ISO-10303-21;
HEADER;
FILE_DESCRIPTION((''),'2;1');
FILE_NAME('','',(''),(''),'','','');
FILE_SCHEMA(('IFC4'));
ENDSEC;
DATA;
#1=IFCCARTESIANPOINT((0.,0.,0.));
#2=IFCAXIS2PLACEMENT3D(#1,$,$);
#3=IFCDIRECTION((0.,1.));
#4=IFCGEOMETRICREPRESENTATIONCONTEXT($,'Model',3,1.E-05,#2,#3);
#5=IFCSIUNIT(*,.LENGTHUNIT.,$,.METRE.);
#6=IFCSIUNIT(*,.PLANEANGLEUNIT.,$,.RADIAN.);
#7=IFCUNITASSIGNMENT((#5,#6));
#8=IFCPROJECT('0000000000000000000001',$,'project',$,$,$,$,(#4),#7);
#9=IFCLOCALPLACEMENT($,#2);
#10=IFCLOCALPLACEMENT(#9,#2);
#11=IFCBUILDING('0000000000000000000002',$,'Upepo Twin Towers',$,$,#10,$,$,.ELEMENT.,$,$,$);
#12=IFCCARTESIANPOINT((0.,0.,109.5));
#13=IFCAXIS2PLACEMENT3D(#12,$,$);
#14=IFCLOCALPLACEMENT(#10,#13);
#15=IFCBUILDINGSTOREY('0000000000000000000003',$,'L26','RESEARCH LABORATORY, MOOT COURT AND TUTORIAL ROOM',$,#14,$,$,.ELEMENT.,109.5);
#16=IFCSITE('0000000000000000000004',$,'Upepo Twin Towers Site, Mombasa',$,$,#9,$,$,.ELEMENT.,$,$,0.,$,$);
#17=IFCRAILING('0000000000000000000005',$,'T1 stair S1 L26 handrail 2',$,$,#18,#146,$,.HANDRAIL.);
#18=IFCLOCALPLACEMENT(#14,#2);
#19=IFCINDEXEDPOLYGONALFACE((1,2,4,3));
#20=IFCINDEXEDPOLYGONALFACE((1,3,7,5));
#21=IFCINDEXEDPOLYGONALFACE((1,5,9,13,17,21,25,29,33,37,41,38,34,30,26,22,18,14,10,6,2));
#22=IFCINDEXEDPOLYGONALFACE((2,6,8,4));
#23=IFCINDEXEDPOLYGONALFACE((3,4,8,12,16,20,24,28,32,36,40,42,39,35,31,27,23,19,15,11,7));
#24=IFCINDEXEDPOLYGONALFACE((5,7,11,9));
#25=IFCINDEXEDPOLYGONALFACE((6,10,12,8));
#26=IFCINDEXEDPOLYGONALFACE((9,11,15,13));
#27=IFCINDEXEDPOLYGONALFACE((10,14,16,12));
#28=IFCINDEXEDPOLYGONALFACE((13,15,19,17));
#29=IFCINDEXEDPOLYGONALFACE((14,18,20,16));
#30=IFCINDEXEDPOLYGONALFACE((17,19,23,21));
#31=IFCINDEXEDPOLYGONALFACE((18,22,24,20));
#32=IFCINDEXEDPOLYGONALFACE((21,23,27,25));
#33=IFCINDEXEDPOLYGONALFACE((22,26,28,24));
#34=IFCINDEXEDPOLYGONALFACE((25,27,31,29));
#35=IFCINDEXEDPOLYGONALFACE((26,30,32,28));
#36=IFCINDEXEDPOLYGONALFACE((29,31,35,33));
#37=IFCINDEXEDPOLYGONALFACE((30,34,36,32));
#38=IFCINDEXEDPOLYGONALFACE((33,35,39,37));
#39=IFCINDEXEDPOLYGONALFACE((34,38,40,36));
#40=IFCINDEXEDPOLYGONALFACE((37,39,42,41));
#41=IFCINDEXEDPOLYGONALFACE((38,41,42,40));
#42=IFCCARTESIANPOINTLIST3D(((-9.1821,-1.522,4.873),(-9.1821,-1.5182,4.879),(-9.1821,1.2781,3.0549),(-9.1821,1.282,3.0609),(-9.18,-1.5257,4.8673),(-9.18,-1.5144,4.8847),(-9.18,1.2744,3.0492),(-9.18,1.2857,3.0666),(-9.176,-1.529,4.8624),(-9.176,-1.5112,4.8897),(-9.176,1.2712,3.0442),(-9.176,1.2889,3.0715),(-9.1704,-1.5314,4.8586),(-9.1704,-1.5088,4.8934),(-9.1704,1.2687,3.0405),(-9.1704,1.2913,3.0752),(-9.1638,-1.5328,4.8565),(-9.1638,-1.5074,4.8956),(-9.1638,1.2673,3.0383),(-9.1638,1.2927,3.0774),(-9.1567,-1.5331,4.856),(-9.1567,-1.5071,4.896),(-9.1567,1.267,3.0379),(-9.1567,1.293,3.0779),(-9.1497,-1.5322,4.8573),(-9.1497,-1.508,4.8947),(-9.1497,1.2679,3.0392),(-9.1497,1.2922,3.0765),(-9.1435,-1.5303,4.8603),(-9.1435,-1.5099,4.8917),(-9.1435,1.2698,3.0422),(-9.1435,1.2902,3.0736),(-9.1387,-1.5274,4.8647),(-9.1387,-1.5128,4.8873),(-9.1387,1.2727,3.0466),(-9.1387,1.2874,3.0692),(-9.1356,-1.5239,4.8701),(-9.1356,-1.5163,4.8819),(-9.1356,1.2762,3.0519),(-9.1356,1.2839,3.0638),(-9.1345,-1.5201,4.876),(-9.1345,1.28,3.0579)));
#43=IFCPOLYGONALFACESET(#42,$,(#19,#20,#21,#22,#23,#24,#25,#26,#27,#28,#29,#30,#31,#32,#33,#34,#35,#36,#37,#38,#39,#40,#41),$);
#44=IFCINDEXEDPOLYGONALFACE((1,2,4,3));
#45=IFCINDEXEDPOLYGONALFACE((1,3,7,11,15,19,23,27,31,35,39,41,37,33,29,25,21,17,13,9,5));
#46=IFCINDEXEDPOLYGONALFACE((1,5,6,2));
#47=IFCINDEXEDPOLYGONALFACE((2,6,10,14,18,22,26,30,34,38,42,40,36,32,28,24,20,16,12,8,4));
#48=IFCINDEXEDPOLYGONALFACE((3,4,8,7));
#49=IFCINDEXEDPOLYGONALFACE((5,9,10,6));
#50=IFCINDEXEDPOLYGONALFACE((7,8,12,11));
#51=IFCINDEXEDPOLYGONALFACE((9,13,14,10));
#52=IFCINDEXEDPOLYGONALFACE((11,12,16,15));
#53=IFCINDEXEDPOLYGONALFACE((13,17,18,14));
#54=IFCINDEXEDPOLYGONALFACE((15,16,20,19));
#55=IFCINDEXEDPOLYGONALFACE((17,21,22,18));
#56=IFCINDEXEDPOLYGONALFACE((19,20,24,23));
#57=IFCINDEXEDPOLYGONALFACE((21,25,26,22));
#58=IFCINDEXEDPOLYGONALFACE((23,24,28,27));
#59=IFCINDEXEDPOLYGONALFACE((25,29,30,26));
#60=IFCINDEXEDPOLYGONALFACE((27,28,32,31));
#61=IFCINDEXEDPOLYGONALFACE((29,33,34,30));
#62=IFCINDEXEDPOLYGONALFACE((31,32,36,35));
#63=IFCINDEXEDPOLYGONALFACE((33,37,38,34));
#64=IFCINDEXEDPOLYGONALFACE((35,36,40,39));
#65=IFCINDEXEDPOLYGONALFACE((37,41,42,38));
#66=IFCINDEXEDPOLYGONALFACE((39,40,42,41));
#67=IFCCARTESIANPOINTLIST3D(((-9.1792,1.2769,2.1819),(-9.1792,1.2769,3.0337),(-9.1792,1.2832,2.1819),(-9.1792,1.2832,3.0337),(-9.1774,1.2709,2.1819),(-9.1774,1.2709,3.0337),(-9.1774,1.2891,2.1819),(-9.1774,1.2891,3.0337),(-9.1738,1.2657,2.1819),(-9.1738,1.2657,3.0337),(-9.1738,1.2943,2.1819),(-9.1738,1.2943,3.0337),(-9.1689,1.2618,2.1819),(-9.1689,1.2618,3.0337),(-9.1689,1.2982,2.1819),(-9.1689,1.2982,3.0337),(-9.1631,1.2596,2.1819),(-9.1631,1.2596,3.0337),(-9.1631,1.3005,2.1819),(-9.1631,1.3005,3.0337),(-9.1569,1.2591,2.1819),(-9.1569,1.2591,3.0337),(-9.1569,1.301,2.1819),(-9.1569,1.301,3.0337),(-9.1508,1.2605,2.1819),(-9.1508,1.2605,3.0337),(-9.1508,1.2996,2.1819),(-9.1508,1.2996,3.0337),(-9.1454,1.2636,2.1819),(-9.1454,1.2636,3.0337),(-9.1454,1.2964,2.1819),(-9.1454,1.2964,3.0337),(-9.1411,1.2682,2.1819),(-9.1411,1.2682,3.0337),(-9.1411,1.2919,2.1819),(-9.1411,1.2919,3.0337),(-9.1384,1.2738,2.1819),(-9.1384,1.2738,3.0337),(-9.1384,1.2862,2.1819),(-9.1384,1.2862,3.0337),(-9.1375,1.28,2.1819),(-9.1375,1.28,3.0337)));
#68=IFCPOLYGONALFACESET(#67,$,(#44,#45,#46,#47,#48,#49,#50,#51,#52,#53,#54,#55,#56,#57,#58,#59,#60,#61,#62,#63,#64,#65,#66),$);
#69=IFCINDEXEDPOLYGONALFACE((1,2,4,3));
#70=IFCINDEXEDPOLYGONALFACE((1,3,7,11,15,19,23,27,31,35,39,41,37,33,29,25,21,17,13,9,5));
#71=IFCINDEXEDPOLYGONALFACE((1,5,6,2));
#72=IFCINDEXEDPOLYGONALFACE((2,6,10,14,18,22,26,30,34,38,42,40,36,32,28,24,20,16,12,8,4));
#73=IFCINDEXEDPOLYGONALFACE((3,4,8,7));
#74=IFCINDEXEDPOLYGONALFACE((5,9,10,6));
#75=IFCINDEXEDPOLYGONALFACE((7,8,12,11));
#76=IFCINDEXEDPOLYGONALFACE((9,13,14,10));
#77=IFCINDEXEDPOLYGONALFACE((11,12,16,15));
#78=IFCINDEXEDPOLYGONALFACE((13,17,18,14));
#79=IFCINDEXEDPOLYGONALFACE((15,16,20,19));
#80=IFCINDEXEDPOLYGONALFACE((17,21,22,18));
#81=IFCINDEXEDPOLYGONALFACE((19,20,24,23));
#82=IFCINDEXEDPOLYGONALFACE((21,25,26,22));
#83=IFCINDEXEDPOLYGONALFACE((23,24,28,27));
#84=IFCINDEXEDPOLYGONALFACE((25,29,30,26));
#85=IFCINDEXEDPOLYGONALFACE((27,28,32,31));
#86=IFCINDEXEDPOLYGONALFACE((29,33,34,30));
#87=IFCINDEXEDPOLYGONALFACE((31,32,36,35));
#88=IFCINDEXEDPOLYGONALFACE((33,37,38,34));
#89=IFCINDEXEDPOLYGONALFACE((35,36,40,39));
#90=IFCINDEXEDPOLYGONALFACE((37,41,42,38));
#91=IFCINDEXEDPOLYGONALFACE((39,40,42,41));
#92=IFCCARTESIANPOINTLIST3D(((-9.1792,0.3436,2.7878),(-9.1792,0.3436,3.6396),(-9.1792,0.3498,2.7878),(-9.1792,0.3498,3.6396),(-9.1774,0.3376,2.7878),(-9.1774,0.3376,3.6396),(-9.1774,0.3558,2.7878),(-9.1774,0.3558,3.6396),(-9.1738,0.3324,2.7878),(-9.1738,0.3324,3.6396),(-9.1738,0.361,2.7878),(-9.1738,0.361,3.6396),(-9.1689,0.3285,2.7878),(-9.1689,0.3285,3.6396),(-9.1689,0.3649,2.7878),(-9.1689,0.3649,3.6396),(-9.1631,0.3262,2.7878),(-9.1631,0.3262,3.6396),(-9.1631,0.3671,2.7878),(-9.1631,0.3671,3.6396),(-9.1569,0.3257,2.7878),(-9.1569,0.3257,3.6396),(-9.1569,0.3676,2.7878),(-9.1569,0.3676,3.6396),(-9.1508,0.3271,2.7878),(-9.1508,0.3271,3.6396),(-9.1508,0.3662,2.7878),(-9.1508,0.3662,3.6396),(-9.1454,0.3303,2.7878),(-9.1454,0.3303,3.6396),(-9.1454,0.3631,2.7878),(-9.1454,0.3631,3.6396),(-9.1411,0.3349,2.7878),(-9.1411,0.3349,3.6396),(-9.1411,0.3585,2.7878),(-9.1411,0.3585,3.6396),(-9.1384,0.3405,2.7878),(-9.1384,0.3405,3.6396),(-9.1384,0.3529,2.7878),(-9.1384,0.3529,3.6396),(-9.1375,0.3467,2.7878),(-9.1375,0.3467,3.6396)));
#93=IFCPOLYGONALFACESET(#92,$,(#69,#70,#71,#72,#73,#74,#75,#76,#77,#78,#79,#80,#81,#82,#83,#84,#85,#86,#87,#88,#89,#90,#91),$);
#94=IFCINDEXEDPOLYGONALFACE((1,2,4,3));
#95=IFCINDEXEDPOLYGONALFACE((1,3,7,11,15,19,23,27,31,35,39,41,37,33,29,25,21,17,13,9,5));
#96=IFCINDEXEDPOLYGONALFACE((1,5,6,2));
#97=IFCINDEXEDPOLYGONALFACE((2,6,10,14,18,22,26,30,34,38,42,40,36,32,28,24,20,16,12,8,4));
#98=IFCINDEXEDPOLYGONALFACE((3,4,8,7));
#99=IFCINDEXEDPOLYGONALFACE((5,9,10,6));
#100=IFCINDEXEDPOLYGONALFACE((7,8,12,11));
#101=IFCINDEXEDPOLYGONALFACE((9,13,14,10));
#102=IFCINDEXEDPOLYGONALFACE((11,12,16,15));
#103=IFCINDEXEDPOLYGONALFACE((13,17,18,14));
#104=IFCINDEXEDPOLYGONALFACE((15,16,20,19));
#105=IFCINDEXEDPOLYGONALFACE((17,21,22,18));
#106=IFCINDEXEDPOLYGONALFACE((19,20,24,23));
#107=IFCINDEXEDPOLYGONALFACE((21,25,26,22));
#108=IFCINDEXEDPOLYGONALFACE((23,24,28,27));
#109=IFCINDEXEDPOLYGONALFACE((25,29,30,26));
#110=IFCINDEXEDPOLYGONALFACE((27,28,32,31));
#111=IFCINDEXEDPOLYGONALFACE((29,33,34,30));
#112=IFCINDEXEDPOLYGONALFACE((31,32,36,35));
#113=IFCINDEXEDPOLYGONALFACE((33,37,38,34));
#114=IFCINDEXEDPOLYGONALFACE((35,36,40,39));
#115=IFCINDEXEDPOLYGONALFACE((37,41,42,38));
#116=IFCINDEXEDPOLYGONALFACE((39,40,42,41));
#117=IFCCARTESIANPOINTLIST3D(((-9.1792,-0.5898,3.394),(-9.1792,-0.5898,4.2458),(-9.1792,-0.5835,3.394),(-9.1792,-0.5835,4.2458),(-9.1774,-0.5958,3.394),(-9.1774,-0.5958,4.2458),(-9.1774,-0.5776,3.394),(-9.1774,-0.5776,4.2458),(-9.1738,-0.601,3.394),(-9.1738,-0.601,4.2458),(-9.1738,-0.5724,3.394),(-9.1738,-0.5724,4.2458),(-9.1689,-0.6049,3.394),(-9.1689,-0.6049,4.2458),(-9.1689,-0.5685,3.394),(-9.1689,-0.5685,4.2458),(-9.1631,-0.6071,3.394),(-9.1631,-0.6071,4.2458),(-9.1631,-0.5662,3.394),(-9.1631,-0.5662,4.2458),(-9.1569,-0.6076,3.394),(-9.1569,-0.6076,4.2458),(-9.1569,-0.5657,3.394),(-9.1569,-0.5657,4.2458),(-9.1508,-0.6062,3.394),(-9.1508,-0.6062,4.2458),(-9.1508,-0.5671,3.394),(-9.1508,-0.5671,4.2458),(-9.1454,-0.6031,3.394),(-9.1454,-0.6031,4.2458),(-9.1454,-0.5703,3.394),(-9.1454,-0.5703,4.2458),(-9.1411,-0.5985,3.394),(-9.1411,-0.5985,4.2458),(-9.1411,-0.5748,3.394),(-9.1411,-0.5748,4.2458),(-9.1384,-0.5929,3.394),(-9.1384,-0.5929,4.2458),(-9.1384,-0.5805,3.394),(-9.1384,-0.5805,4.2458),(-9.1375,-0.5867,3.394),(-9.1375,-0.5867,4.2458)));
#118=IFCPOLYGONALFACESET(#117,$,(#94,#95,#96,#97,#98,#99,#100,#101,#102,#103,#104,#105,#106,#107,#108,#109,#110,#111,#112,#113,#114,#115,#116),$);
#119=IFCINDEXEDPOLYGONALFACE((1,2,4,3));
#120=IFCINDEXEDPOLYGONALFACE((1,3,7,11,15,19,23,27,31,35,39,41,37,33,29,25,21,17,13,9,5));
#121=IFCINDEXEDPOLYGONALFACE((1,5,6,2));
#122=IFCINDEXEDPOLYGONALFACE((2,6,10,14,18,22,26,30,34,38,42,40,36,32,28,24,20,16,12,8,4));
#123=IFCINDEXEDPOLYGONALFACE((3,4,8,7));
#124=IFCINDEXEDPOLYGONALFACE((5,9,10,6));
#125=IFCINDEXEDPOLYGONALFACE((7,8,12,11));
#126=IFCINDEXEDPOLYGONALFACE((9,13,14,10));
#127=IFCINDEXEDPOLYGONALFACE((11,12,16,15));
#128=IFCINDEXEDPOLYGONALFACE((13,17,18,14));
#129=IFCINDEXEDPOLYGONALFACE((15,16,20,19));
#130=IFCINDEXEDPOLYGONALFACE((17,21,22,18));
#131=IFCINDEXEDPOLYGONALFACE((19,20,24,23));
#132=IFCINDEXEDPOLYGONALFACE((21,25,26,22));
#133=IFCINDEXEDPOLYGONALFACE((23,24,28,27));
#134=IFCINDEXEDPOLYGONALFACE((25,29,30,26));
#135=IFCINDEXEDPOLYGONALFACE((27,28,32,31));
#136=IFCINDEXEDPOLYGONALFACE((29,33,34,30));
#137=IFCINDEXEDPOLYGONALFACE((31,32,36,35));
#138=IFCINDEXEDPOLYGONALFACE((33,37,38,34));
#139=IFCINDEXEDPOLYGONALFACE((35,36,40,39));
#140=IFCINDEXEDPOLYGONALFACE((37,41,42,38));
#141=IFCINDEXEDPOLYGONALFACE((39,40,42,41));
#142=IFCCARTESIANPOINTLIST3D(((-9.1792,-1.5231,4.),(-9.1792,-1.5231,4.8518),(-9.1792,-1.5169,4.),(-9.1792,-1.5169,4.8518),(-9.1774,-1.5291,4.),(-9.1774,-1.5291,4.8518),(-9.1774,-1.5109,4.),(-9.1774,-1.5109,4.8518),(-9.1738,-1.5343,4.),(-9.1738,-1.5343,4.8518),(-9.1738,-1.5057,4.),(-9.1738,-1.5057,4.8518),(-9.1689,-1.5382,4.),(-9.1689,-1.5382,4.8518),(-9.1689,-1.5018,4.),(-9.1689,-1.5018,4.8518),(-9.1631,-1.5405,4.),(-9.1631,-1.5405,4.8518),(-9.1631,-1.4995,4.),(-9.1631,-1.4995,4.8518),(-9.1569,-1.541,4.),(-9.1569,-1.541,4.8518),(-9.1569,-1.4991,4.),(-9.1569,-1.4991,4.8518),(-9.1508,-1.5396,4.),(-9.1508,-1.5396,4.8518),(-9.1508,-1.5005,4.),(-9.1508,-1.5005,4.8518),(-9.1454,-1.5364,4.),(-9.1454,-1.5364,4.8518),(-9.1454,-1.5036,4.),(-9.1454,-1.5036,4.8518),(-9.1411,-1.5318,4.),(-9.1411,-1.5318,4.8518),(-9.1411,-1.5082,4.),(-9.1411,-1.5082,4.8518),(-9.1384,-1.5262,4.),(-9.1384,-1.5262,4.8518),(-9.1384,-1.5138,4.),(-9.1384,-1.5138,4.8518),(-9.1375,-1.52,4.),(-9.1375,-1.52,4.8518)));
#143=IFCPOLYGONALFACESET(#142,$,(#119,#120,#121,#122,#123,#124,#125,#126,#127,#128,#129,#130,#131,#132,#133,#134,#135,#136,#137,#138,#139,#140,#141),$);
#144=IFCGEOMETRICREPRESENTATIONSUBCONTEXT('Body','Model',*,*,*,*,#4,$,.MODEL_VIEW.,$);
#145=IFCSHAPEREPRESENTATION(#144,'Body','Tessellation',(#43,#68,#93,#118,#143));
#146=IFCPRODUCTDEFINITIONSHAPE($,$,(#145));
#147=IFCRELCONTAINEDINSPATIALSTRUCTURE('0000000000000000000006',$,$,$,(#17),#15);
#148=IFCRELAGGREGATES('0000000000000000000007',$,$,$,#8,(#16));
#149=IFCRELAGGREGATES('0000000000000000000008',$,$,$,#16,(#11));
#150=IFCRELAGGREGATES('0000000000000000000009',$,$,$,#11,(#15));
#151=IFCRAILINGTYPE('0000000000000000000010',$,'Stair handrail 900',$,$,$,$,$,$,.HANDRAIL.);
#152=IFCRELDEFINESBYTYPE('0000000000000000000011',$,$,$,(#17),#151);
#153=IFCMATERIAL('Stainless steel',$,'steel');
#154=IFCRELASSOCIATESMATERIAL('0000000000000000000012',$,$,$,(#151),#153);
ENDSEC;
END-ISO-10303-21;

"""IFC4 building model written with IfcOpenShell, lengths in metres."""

from ifc_helpers import new_model, si_unit, direction, frame, origin, origin_2d, place, context, subcontext, project, spatial, circle, extrude, material, type_object, element, save


model = new_model("IFC4")

# Units and contexts
model_context = context("Model", 3, precision=1e-05, world=origin(), true_north=direction((0.0, 1.0)))
body_context = subcontext(model_context, "Body", "Model", "MODEL_VIEW")
ifc_project = project(units=[si_unit("LENGTHUNIT", "METRE"), si_unit("PLANEANGLEUNIT", "RADIAN")], contexts=[model_context])

# Site, building, storey
site_placement = place(None, origin())
site = spatial("IfcSite", under=ifc_project, at=site_placement, Name="Upepo Twin Towers Site, Mombasa", CompositionType="ELEMENT", RefElevation=0.0)
building_placement = place(site_placement, origin())
building = spatial("IfcBuilding", under=site, at=building_placement, Name="Upepo Twin Towers", CompositionType="ELEMENT")
storey_placement = place(building_placement, frame((0.0, 0.0, 109.5)))
storey = spatial("IfcBuildingStorey", under=building, at=storey_placement, Name="L26", Description="RESEARCH LABORATORY, MOOT COURT AND TUTORIAL ROOM", CompositionType="ELEMENT", Elevation=109.5)

# Railing
ifc_material_1 = material(Name="Stainless steel", Category="steel")
railing_type = type_object("IfcRailingType", Name="Stair handrail 900", PredefinedType="HANDRAIL", material=ifc_material_1)
railing_1_placement = place(storey_placement, frame((-9.1584, 1.28, 2.1819)))
element("IfcRailing", 1, at=railing_1_placement, inside=storey, type_object=railing_type, Name="T1 stair S1 L26 handrail 2", PredefinedType="HANDRAIL", context=body_context, shape_type="SweptSolid", body=[
    extrude(circle(Radius=0.0239, at=origin_2d()), frame((0.0, 0.0, 0.876), z_axis=(0.0, -0.838706, 0.544585), x_axis=(1.0, 0.0, 0.0)), (0.0, 0.0, 1.0), 3.3386),
    extrude(circle(Radius=0.021, at=origin_2d()), origin(), (0.0, 0.0, 1.0), 0.8518),
    extrude(circle(Radius=0.021, at=origin_2d()), frame((0.0, -0.9333, 0.606)), (0.0, 0.0, 1.0), 0.8518),
    extrude(circle(Radius=0.021, at=origin_2d()), frame((0.0, -1.8667, 1.2122)), (0.0, 0.0, 1.0), 0.8518),
    extrude(circle(Radius=0.021, at=origin_2d()), frame((0.0, -2.8, 1.8181)), (0.0, 0.0, 1.0), 0.8518),
])

save(model, "model.ifc")
